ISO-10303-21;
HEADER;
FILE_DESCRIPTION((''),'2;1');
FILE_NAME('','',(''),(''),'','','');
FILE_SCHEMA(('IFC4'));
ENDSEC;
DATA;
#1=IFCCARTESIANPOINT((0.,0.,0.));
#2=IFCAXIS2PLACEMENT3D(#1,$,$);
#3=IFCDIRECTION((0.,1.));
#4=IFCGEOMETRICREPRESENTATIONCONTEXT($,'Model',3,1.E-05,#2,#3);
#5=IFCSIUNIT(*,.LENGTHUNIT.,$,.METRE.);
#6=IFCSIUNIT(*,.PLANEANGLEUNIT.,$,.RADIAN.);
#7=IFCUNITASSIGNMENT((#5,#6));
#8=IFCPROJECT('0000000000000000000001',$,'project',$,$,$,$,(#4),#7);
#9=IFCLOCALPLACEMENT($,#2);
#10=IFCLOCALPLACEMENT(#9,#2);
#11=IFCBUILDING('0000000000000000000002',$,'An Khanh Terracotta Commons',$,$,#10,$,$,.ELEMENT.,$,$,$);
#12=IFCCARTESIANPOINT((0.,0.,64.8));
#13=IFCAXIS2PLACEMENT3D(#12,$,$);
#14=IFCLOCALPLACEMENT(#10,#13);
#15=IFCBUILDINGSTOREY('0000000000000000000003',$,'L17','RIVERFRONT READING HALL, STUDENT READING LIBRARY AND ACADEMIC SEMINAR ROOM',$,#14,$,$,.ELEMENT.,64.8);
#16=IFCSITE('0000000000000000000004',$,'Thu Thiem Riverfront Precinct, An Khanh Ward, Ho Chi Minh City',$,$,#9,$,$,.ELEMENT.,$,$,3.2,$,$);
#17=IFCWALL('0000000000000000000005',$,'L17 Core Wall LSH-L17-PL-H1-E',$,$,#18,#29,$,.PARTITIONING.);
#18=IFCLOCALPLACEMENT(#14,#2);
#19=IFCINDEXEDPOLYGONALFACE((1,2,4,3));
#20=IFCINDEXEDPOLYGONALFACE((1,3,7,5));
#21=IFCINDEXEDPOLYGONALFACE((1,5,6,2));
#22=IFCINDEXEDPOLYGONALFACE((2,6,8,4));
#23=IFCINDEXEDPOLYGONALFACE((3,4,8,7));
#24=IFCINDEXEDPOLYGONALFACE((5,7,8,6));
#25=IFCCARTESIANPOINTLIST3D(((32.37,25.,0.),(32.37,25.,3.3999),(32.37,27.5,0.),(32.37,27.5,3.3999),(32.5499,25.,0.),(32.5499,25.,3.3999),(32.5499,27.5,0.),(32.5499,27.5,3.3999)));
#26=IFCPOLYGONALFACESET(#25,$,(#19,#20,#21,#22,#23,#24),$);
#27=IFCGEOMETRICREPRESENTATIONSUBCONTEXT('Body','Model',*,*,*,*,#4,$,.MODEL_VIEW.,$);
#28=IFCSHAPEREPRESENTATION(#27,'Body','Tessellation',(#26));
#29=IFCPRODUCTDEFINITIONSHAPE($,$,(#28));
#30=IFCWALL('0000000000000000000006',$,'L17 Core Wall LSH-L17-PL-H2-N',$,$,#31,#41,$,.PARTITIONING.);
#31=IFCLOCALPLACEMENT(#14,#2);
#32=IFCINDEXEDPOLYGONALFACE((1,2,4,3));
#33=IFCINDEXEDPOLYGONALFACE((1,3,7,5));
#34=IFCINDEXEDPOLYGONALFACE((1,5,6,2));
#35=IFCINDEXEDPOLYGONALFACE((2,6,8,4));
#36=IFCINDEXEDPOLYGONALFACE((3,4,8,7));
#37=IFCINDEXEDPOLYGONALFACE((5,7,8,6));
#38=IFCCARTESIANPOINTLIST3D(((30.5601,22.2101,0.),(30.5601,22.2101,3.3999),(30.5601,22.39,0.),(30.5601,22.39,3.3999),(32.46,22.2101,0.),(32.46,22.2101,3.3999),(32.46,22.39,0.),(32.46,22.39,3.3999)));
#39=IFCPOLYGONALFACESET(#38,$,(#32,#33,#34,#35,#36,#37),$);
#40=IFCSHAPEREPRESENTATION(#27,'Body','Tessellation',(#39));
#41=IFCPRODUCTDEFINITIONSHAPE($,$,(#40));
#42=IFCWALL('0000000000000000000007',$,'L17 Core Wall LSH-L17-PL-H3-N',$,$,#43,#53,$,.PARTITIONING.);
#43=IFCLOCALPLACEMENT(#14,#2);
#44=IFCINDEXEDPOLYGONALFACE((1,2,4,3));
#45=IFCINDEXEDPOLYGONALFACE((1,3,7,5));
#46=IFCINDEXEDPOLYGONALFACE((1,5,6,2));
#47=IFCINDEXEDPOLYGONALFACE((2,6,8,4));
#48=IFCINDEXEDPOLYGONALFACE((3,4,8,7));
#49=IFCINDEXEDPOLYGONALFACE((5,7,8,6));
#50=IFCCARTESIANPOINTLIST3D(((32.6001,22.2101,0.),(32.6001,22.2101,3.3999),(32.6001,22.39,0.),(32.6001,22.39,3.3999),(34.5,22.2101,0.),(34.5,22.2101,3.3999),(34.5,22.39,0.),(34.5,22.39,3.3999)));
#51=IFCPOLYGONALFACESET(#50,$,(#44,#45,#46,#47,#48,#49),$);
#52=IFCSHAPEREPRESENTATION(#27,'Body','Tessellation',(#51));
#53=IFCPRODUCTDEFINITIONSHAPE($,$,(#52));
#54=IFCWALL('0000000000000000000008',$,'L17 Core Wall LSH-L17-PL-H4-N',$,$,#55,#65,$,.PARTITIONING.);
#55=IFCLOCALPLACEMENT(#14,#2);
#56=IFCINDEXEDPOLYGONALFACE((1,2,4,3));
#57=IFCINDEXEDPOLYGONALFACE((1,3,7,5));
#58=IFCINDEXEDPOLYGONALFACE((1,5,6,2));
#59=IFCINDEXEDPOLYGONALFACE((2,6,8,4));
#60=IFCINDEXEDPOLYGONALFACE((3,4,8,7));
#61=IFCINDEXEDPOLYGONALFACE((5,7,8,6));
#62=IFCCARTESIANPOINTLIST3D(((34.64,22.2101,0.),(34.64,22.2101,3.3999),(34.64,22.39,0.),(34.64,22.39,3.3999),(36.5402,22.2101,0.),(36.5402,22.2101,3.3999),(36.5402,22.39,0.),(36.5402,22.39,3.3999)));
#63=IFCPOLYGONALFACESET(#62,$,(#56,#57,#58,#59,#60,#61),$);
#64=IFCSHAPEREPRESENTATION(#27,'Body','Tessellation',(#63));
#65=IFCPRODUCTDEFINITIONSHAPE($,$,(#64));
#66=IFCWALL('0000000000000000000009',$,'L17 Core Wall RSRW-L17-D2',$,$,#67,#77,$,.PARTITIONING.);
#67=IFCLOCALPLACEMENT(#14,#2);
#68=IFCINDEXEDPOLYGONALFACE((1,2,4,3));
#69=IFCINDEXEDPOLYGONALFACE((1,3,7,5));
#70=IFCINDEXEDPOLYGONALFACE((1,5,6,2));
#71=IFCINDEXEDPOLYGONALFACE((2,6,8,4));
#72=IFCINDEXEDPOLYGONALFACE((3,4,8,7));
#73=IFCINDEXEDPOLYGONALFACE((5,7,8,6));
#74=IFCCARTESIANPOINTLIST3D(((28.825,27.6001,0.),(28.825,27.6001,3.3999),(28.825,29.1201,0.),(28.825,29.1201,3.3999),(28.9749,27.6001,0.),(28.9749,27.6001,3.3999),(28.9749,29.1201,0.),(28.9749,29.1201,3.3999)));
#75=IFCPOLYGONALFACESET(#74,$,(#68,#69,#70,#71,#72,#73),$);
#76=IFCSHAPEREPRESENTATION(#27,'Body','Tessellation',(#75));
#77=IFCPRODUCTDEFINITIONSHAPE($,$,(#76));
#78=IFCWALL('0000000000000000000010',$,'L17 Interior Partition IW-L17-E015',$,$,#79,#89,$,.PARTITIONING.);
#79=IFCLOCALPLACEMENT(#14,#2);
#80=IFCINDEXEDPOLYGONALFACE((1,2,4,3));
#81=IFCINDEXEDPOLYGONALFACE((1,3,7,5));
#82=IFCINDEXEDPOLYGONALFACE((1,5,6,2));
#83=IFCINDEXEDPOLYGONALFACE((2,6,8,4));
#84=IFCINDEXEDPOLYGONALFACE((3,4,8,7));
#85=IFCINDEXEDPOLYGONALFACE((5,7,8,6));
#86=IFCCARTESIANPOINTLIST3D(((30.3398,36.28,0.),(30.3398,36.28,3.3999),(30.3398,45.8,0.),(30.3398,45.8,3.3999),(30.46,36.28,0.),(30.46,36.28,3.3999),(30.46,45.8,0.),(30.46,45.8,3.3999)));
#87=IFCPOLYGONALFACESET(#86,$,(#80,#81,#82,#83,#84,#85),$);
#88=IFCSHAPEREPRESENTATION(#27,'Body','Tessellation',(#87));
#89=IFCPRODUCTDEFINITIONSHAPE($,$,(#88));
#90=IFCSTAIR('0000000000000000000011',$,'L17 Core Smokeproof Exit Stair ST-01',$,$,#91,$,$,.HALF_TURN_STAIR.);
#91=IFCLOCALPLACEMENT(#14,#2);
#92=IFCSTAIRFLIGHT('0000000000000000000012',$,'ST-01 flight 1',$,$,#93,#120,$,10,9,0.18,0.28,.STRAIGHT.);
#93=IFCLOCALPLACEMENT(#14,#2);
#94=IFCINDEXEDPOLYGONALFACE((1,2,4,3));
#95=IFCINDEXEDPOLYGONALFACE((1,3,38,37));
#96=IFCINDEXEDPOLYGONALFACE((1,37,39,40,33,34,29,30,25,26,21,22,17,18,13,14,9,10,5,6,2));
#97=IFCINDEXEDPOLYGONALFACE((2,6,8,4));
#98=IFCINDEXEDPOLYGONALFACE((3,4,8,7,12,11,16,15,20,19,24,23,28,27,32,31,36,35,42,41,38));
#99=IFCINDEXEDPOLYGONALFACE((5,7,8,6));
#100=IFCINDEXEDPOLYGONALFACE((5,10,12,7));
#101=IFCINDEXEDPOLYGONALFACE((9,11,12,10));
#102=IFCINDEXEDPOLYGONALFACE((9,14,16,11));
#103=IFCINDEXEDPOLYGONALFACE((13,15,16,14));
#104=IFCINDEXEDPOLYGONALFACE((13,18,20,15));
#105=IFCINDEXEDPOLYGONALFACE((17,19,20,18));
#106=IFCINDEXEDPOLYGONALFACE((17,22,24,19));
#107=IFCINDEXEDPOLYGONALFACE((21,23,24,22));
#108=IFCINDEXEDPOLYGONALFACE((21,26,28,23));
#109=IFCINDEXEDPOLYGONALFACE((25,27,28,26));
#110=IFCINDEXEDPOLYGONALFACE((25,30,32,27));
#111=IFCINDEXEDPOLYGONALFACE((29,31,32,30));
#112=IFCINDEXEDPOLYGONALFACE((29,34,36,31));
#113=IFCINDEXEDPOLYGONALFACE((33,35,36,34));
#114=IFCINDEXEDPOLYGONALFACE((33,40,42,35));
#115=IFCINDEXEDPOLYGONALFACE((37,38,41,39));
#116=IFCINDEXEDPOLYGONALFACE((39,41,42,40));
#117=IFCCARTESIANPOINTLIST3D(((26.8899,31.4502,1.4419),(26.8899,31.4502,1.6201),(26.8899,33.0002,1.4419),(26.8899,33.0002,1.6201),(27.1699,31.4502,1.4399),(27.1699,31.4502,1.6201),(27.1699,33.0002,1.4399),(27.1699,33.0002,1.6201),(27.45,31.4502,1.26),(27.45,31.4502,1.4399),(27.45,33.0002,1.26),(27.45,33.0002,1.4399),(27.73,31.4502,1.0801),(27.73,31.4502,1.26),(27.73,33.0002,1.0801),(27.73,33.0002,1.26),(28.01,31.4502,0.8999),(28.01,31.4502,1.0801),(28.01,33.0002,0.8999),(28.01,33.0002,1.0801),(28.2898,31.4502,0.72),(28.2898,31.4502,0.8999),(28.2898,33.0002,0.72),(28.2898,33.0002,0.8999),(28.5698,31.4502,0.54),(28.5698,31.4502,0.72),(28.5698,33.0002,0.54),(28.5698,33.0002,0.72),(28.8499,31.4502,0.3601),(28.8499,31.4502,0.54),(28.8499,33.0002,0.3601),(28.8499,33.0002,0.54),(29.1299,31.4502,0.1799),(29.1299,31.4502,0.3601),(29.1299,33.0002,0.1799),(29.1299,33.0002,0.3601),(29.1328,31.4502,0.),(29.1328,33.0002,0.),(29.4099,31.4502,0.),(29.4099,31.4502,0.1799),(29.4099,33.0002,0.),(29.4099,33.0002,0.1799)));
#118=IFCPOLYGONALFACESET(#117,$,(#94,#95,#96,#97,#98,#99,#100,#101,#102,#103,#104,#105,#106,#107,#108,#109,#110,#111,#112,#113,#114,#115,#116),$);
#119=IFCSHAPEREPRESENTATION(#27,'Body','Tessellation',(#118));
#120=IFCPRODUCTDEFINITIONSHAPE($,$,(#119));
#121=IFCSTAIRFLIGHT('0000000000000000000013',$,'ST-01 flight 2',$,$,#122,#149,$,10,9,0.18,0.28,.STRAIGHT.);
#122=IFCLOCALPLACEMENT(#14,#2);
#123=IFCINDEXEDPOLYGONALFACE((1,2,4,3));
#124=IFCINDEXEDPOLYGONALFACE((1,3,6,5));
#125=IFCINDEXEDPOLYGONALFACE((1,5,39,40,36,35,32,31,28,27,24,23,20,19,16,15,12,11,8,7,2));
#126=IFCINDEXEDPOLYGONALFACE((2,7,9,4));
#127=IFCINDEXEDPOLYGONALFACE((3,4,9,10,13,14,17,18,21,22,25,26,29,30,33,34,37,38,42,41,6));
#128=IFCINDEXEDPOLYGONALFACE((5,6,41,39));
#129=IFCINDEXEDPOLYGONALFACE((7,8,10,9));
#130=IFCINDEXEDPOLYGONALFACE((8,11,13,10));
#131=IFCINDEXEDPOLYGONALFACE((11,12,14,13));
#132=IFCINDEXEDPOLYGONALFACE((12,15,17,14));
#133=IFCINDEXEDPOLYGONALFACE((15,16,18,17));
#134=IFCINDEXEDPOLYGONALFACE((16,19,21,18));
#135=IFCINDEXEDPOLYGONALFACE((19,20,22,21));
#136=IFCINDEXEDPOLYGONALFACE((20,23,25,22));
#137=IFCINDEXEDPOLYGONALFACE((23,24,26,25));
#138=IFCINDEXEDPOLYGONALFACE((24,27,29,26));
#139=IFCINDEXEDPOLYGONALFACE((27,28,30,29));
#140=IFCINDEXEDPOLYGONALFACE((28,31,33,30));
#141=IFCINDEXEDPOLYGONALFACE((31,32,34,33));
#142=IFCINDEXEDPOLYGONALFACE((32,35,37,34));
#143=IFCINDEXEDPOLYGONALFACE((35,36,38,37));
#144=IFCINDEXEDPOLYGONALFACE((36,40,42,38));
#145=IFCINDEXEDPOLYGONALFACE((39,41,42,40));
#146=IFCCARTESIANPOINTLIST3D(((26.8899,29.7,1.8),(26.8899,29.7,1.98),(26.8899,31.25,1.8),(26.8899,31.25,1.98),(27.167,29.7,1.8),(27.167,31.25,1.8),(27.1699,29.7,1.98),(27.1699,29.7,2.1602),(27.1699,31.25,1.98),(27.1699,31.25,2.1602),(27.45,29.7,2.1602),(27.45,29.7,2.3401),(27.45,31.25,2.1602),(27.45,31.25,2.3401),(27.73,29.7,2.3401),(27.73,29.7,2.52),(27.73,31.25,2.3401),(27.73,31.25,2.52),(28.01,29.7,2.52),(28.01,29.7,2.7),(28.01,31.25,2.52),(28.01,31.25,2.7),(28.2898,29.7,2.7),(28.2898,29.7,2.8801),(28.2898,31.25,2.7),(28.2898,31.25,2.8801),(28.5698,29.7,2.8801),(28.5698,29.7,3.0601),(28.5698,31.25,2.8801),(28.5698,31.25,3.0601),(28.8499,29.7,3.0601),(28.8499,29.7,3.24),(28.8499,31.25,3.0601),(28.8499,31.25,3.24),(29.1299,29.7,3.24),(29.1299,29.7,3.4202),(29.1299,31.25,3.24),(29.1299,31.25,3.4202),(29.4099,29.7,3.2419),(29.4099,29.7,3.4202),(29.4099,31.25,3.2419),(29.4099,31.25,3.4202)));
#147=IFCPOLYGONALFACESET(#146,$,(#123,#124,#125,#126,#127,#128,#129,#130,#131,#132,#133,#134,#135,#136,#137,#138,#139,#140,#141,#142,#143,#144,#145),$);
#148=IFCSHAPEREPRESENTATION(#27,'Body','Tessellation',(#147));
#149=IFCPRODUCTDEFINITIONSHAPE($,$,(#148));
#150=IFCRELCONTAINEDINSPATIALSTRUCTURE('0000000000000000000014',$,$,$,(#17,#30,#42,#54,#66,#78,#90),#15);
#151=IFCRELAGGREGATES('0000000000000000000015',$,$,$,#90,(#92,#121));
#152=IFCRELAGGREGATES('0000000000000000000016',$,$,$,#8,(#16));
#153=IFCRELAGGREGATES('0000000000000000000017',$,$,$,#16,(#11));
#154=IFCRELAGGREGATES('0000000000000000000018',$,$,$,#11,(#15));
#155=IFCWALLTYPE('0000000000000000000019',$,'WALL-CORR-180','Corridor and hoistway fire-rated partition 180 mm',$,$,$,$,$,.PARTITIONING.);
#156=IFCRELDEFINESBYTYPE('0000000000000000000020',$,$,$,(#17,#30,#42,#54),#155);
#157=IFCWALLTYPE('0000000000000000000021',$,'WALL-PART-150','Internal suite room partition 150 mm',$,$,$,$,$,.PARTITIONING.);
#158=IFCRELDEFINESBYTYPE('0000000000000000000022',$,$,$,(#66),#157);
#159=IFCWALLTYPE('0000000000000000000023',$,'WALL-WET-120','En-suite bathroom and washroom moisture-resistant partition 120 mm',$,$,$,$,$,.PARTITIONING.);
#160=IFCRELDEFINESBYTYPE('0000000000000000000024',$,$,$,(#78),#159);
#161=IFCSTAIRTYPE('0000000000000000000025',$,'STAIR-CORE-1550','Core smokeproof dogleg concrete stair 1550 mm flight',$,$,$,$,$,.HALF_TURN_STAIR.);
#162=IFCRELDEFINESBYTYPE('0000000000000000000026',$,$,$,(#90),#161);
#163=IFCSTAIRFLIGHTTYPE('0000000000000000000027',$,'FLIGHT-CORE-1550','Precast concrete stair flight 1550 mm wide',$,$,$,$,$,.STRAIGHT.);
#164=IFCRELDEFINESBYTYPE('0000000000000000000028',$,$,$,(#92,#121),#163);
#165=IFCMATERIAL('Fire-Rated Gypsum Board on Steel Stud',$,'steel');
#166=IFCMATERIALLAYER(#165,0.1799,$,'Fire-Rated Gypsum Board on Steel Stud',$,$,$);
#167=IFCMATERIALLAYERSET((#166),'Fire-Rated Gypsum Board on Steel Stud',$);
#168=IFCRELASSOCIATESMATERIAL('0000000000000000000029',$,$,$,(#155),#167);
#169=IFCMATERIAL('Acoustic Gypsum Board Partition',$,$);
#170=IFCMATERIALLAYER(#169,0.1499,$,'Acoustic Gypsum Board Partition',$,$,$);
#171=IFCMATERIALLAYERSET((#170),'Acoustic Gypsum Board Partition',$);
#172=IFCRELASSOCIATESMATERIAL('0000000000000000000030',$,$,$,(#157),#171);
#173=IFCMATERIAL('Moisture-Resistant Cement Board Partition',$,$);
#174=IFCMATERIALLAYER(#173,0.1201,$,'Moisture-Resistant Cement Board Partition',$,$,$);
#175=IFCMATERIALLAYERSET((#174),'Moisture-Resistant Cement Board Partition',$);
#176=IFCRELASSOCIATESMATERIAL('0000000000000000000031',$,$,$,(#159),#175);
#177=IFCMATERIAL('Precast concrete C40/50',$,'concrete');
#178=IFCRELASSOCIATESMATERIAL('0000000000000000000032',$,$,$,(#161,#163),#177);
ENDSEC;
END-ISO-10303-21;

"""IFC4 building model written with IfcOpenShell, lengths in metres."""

from ifc_helpers import new_model, si_unit, direction, frame, frame_2d, origin, place, context, subcontext, project, spatial, polyline, rectangle, outline, extrude, material, layer, layer_set, type_object, element, aggregate, save


model = new_model("IFC4")

# Units and contexts
model_context = context("Model", 3, precision=1e-05, world=origin(), true_north=direction((0.0, 1.0)))
body_context = subcontext(model_context, "Body", "Model", "MODEL_VIEW")
ifc_project = project(units=[si_unit("LENGTHUNIT", "METRE"), si_unit("PLANEANGLEUNIT", "RADIAN")], contexts=[model_context])

# Site, building, storey
site_placement = place(None, origin())
site = spatial("IfcSite", under=ifc_project, at=site_placement, Name="Thu Thiem Riverfront Precinct, An Khanh Ward, Ho Chi Minh City", CompositionType="ELEMENT", RefElevation=3.2)
building_placement = place(site_placement, origin())
building = spatial("IfcBuilding", under=site, at=building_placement, Name="An Khanh Terracotta Commons", CompositionType="ELEMENT")
storey_placement = place(building_placement, frame((0.0, 0.0, 64.8)))
storey = spatial("IfcBuildingStorey", under=building, at=storey_placement, Name="L17", Description="RIVERFRONT READING HALL, STUDENT READING LIBRARY AND ACADEMIC SEMINAR ROOM", CompositionType="ELEMENT", Elevation=64.8)

# Shared definitions
ifc_material_1 = material(Name="Fire-Rated Gypsum Board on Steel Stud", Category="steel")
ifc_layer_1 = layer(ifc_material_1, 0.1799, Name="Fire-Rated Gypsum Board on Steel Stud")
ifc_layer_set_1 = layer_set([ifc_layer_1], Name="Fire-Rated Gypsum Board on Steel Stud")
wall_type_1 = type_object("IfcWallType", Name="WALL-CORR-180", Description="Corridor and hoistway fire-rated partition 180 mm", PredefinedType="PARTITIONING", material=ifc_layer_set_1)

# Walls
wall_1_placement = place(storey_placement, frame((32.46, 25.0, 0.0), z_axis=(0.0, 0.0, 1.0), x_axis=(0.0, 1.0, 0.0)))
element("IfcWall", 1, at=wall_1_placement, inside=storey, type_object=wall_type_1, Name="L17 Core Wall LSH-L17-PL-H1-E", PredefinedType="PARTITIONING", context=body_context, shape_type="SweptSolid", body=[
    extrude(rectangle(XDim=2.5, YDim=0.1799, at=frame_2d((1.25, 0.0))), origin(), (0.0, 0.0, 1.0), 3.3999),
])
for number, where, z_axis, x_axis, name in (
    (2, (30.5601, 22.3, 0.0), (0.0, 0.0, 1.0), (1.0, 0.0, 0.0), "L17 Core Wall LSH-L17-PL-H2-N"),
    (3, (32.6001, 22.3, 0.0), (0.0, 0.0, 1.0), (1.0, 0.0, 0.0), "L17 Core Wall LSH-L17-PL-H3-N"),
):
    element("IfcWall", number, at=place(storey_placement, frame(where, z_axis=z_axis, x_axis=x_axis)), inside=storey, type_object=wall_type_1, Name=name, PredefinedType="PARTITIONING", context=body_context, shape_type="SweptSolid", body=[
        extrude(rectangle(XDim=1.8999, YDim=0.1799, at=frame_2d((0.95, 0.0))), origin(), (0.0, 0.0, 1.0), 3.3999),
    ])
wall_2_placement = place(storey_placement, frame((34.6399, 22.3, 0.0), z_axis=(0.0, 0.0, 1.0), x_axis=(1.0, 0.0, 0.0)))
element("IfcWall", 4, at=wall_2_placement, inside=storey, type_object=wall_type_1, Name="L17 Core Wall LSH-L17-PL-H4-N", PredefinedType="PARTITIONING", context=body_context, shape_type="SweptSolid", body=[
    extrude(rectangle(XDim=1.9001, YDim=0.1799, at=frame_2d((0.9502, 0.0))), origin(), (0.0, 0.0, 1.0), 3.3999),
])
ifc_material_2 = material(Name="Acoustic Gypsum Board Partition")
ifc_layer_2 = layer(ifc_material_2, 0.1499, Name="Acoustic Gypsum Board Partition")
ifc_layer_set_2 = layer_set([ifc_layer_2], Name="Acoustic Gypsum Board Partition")
wall_type_2 = type_object("IfcWallType", Name="WALL-PART-150", Description="Internal suite room partition 150 mm", PredefinedType="PARTITIONING", material=ifc_layer_set_2)
wall_3_placement = place(storey_placement, frame((28.8999, 27.6001, 0.0), z_axis=(0.0, 0.0, 1.0), x_axis=(0.0, 1.0, 0.0)))
element("IfcWall", 5, at=wall_3_placement, inside=storey, type_object=wall_type_2, Name="L17 Core Wall RSRW-L17-D2", PredefinedType="PARTITIONING", context=body_context, shape_type="SweptSolid", body=[
    extrude(rectangle(XDim=1.52, YDim=0.1499, at=frame_2d((0.76, 0.0))), origin(), (0.0, 0.0, 1.0), 3.3999),
])

# Wall
ifc_material_3 = material(Name="Moisture-Resistant Cement Board Partition")
ifc_layer_3 = layer(ifc_material_3, 0.1201, Name="Moisture-Resistant Cement Board Partition")
ifc_layer_set_3 = layer_set([ifc_layer_3], Name="Moisture-Resistant Cement Board Partition")
wall_type_3 = type_object("IfcWallType", Name="WALL-WET-120", Description="En-suite bathroom and washroom moisture-resistant partition 120 mm", PredefinedType="PARTITIONING", material=ifc_layer_set_3)
wall_4_placement = place(storey_placement, frame((30.3999, 36.28, 0.0), z_axis=(0.0, 0.0, 1.0), x_axis=(0.0, 1.0, 0.0)))
element("IfcWall", 6, at=wall_4_placement, inside=storey, type_object=wall_type_3, Name="L17 Interior Partition IW-L17-E015", PredefinedType="PARTITIONING", context=body_context, shape_type="SweptSolid", body=[
    extrude(rectangle(XDim=9.52, YDim=0.1201, at=frame_2d((4.76, 0.0))), origin(), (0.0, 0.0, 1.0), 3.3999),
])

# Stair, stair flights
ifc_material_4 = material(Name="Precast concrete C40/50", Category="concrete")
stair_type = type_object("IfcStairType", Name="STAIR-CORE-1550", Description="Core smokeproof dogleg concrete stair 1550 mm flight", PredefinedType="HALF_TURN_STAIR", material=ifc_material_4)
stair_placement = place(storey_placement, origin())
stair = element("IfcStair", 7, at=stair_placement, inside=storey, type_object=stair_type, Name="L17 Core Smokeproof Exit Stair ST-01", PredefinedType="HALF_TURN_STAIR")
stair_flight_type = type_object("IfcStairFlightType", Name="FLIGHT-CORE-1550", Description="Precast concrete stair flight 1550 mm wide", PredefinedType="STRAIGHT", material=ifc_material_4)
stair_flight_1_placement = place(storey_placement, frame((29.4099, 32.2251, 0.0), z_axis=(0.0, 0.0, 1.0), x_axis=(-1.0, 0.0, 0.0)))
stair_flight_1 = element("IfcStairFlight", 8, at=stair_flight_1_placement, type_object=stair_flight_type, Name="ST-01 flight 1", NumberOfRisers=10, NumberOfTreads=9, PredefinedType="STRAIGHT", RiserHeight=0.18, TreadLength=0.28, context=body_context, shape_type="SweptSolid", body=[
    extrude(outline(polyline([(0.0, 0.0), (0.0, 0.1799), (0.28, 0.1799), (0.28, 0.3601), (0.5601, 0.3601), (0.5601, 0.54), (0.8401, 0.54), (0.8401, 0.72), (1.1201, 0.72), (1.1201, 0.8999), (1.3999, 0.8999), (1.3999, 1.0801), (1.6799, 1.0801), (1.6799, 1.26), (1.96, 1.26), (1.96, 1.4399), (2.24, 1.4399), (2.24, 1.6201), (2.52, 1.6201), (2.52, 1.8), (2.52, 1.4419), (0.2771, 0.0), (0.0, 0.0)])), frame((0.0, 0.7749, 0.0), z_axis=(0.0, -1.0, 0.0), x_axis=(1.0, 0.0, 0.0)), (0.0, 0.0, 1.0), 1.55),
])
stair_flight_2_placement = place(storey_placement, frame((26.8899, 30.4751, 1.8), z_axis=(0.0, 0.0, 1.0), x_axis=(1.0, 0.0, 0.0)))
stair_flight_2 = element("IfcStairFlight", 9, at=stair_flight_2_placement, type_object=stair_flight_type, Name="ST-01 flight 2", NumberOfRisers=10, NumberOfTreads=9, PredefinedType="STRAIGHT", RiserHeight=0.18, TreadLength=0.28, context=body_context, shape_type="SweptSolid", body=[
    extrude(outline(polyline([(0.0, 0.0), (0.0, 0.1799), (0.28, 0.1799), (0.28, 0.3601), (0.5601, 0.3601), (0.5601, 0.54), (0.8401, 0.54), (0.8401, 0.72), (1.1201, 0.72), (1.1201, 0.8999), (1.3999, 0.8999), (1.3999, 1.0801), (1.6799, 1.0801), (1.6799, 1.26), (1.96, 1.26), (1.96, 1.4399), (2.24, 1.4399), (2.24, 1.6201), (2.52, 1.6201), (2.52, 1.8), (2.52, 1.4419), (0.2771, 0.0), (0.0, 0.0)])), frame((0.0, 0.7749, 0.0), z_axis=(0.0, -1.0, 0.0), x_axis=(1.0, 0.0, 0.0)), (0.0, 0.0, 1.0), 1.55),
])
aggregate(stair, [stair_flight_1, stair_flight_2])

save(model, "model.ifc")
